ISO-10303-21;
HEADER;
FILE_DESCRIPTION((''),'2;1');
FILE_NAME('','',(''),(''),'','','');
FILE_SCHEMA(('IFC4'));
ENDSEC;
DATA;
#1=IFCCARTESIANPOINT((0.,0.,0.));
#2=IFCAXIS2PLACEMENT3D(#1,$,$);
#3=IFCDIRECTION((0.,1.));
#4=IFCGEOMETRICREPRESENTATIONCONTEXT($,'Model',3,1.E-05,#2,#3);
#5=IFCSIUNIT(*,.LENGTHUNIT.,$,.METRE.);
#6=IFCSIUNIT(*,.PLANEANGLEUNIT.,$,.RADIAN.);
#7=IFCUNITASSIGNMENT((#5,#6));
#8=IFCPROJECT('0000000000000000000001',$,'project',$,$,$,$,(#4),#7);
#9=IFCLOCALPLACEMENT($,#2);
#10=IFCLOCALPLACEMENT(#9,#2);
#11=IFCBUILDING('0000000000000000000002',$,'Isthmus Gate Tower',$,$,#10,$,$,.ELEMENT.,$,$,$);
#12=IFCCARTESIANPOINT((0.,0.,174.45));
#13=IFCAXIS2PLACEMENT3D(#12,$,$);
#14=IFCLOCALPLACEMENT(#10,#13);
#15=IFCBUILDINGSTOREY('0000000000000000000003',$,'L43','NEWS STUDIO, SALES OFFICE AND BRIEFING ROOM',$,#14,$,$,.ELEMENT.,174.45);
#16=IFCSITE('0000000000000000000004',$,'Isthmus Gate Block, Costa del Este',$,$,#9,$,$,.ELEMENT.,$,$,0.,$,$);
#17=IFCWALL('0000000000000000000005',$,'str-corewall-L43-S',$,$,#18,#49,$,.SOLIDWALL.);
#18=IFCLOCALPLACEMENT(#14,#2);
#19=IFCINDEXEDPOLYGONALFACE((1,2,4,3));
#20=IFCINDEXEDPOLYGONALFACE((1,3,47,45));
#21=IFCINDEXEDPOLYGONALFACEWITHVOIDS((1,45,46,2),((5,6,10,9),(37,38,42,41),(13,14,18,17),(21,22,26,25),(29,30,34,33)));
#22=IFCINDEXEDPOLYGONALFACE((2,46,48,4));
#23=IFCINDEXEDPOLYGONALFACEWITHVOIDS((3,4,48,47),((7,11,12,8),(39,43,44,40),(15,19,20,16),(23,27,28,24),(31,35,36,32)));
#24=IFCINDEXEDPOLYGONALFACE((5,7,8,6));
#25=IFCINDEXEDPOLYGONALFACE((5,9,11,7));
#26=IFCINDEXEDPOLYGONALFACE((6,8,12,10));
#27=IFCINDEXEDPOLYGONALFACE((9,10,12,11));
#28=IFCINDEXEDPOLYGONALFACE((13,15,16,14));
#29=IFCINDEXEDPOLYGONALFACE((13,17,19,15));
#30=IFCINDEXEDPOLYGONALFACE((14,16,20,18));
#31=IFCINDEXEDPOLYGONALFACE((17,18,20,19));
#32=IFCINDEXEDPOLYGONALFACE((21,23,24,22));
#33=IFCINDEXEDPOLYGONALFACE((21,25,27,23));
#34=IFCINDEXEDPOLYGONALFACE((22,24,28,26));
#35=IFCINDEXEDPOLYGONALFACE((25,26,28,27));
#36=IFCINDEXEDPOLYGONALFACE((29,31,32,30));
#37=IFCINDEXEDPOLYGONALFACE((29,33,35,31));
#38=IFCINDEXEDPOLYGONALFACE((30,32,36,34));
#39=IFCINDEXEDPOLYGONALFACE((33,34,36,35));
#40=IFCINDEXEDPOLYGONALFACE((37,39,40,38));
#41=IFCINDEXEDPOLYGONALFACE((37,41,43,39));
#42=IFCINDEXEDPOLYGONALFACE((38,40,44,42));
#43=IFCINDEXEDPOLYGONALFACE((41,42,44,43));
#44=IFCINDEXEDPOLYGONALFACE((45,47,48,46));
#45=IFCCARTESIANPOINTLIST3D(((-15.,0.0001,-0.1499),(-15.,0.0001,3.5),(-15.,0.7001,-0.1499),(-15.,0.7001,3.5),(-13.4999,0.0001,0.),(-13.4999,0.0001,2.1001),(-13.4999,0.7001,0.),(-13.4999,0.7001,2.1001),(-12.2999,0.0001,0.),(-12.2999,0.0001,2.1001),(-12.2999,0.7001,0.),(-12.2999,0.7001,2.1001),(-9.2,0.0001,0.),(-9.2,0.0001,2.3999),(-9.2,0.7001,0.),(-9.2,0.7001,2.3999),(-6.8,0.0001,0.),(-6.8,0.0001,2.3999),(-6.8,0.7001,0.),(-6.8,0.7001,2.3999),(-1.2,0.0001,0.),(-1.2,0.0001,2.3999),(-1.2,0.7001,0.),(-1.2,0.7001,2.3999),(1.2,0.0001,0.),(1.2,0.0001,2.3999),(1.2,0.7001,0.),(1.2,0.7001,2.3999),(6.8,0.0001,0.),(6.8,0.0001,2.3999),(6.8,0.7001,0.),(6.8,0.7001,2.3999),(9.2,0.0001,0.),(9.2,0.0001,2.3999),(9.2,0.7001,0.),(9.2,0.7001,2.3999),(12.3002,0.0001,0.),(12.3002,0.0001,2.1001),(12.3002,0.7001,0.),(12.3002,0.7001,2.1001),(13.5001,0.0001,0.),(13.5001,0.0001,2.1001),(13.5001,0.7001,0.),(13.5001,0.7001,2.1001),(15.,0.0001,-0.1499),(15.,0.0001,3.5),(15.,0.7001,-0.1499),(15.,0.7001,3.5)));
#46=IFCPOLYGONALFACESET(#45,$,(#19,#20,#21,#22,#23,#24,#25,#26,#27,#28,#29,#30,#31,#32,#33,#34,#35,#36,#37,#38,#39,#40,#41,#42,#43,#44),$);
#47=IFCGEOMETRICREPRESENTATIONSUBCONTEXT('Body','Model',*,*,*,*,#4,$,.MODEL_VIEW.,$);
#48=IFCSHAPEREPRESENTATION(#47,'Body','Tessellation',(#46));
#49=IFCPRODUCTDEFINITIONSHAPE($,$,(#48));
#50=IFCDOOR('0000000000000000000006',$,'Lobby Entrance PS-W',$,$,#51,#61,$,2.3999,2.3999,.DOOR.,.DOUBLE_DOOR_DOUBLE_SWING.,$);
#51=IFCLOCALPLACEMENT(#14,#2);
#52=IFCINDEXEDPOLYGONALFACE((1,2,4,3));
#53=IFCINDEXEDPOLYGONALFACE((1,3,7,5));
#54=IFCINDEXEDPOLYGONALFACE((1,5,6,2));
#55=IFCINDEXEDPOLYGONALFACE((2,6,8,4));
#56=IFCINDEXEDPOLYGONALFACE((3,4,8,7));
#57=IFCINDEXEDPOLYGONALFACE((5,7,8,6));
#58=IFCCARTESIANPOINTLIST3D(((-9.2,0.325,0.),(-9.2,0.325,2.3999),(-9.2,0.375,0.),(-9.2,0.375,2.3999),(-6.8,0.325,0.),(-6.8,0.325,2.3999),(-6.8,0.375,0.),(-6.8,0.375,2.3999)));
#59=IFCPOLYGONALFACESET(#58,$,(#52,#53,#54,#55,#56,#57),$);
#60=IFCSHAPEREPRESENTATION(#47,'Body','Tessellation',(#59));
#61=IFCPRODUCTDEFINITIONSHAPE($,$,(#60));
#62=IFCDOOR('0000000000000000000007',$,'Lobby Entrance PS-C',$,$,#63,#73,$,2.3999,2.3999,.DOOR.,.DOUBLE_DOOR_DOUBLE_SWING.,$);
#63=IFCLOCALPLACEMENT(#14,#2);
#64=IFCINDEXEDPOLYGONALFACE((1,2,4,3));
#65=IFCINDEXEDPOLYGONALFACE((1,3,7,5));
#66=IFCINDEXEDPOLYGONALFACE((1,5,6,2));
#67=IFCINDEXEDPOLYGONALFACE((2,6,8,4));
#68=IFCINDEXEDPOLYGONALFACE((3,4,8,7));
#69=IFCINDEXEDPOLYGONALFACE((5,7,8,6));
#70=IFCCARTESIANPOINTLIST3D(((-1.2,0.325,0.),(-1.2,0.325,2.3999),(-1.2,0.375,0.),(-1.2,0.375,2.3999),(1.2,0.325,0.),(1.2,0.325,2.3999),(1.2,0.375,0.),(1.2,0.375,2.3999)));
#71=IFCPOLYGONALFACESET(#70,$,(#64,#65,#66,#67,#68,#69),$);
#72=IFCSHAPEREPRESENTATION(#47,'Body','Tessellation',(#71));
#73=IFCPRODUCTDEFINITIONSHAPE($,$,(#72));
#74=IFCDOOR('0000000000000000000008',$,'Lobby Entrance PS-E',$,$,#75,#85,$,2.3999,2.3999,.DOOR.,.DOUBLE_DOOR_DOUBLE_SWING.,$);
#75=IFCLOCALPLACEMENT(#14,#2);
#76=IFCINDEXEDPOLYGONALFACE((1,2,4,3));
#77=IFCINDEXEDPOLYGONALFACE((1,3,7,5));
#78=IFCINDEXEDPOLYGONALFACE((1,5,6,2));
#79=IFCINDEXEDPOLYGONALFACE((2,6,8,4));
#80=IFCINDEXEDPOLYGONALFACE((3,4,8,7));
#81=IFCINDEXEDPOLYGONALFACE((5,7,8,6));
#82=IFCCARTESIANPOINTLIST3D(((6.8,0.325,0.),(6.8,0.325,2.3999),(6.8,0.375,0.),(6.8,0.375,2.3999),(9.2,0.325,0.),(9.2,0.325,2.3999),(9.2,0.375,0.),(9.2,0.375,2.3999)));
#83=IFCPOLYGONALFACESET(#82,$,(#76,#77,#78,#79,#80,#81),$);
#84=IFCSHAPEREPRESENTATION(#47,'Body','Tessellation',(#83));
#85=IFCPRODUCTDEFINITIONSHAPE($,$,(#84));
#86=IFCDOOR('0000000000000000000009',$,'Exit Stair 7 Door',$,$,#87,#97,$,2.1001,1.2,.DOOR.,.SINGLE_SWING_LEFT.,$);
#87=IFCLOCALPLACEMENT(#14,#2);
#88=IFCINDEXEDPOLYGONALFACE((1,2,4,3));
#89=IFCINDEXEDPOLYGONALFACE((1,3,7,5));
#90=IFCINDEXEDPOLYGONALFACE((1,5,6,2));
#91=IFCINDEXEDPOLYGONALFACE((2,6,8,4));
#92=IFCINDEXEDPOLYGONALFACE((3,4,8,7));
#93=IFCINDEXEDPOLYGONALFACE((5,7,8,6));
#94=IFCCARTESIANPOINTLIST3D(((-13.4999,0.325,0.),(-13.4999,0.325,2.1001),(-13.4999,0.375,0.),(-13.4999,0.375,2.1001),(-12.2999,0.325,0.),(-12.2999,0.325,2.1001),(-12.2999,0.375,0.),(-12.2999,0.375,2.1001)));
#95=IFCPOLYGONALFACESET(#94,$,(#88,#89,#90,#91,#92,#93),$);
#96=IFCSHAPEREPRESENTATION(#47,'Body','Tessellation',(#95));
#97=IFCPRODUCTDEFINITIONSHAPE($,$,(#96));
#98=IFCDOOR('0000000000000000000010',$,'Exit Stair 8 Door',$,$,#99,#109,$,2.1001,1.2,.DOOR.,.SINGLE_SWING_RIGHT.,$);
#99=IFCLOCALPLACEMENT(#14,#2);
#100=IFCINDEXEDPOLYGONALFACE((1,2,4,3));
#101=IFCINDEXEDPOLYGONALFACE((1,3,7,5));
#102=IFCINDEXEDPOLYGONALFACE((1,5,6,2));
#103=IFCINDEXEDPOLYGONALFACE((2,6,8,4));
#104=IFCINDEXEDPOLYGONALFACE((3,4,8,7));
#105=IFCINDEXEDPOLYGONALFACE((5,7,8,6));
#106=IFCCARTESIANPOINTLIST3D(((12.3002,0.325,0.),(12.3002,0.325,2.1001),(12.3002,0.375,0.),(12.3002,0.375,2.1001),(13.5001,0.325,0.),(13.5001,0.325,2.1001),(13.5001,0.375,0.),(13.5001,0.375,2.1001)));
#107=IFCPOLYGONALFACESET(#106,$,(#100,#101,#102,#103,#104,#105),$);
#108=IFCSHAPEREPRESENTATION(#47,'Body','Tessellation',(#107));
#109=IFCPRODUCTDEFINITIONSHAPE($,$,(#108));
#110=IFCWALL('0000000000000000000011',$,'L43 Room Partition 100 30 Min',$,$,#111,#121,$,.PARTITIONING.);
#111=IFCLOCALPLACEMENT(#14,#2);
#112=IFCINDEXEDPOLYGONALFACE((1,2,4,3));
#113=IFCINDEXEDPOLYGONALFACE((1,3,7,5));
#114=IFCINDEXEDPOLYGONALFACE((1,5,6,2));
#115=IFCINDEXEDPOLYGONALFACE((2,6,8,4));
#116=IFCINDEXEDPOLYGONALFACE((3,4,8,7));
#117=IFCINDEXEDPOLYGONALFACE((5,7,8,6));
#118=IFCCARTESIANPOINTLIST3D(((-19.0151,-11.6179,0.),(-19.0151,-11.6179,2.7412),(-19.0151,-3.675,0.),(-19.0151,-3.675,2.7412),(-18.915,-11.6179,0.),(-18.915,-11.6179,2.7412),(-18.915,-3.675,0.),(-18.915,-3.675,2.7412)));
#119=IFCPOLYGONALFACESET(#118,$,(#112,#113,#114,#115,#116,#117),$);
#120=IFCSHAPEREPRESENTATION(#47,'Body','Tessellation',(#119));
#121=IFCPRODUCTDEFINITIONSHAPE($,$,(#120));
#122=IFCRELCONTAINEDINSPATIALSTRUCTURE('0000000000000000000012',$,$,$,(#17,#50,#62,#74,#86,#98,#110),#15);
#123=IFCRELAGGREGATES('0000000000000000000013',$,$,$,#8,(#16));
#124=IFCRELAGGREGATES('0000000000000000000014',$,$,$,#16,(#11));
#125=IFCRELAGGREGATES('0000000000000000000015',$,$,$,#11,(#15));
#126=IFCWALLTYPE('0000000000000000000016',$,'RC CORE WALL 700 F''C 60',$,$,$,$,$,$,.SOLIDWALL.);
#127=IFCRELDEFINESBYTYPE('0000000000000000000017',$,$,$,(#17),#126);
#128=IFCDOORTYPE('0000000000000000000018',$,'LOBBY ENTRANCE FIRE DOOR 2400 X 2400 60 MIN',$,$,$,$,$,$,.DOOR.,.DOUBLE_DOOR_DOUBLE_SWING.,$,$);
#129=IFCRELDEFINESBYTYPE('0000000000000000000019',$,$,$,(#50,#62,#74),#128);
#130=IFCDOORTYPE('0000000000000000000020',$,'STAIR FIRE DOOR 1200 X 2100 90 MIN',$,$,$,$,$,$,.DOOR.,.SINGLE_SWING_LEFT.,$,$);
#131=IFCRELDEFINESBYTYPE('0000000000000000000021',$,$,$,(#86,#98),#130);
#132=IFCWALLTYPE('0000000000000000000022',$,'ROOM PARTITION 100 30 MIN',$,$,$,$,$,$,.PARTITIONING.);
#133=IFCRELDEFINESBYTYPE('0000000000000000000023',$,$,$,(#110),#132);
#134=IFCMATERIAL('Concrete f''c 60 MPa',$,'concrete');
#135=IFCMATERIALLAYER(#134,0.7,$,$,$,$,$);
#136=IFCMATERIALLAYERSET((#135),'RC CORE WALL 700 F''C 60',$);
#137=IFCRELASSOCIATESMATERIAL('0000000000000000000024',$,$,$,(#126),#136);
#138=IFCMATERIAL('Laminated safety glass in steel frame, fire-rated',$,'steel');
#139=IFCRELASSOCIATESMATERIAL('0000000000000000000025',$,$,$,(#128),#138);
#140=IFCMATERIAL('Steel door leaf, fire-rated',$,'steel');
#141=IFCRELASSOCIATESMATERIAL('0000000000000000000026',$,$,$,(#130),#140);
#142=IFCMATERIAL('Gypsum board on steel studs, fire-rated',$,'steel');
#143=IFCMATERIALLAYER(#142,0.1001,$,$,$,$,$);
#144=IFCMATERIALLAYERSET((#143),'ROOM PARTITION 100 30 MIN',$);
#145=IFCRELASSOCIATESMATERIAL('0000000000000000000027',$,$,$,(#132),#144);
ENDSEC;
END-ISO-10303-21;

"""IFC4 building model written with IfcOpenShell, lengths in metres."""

from ifc_helpers import new_model, si_unit, direction, frame, frame_2d, origin, place, context, subcontext, project, spatial, rectangle, extrude, material, layer, layer_set, type_object, element, fill, save


model = new_model("IFC4")

# Units and contexts
model_context = context("Model", 3, precision=1e-05, world=origin(), true_north=direction((0.0, 1.0)))
body_context = subcontext(model_context, "Body", "Model", "MODEL_VIEW")
ifc_project = project(units=[si_unit("LENGTHUNIT", "METRE"), si_unit("PLANEANGLEUNIT", "RADIAN")], contexts=[model_context])

# Site, building, storey
site_placement = place(None, origin())
site = spatial("IfcSite", under=ifc_project, at=site_placement, Name="Isthmus Gate Block, Costa del Este", CompositionType="ELEMENT", RefElevation=0.0)
building_placement = place(site_placement, origin())
building = spatial("IfcBuilding", under=site, at=building_placement, Name="Isthmus Gate Tower", CompositionType="ELEMENT")
storey_placement = place(building_placement, frame((0.0, 0.0, 174.45)))
storey = spatial("IfcBuildingStorey", under=building, at=storey_placement, Name="L43", Description="NEWS STUDIO, SALES OFFICE AND BRIEFING ROOM", CompositionType="ELEMENT", Elevation=174.45)

# Wall, openings, doors
ifc_material_1 = material(Name="Concrete f'c 60 MPa", Category="concrete")
ifc_layer_1 = layer(ifc_material_1, 0.7)
ifc_layer_set_1 = layer_set([ifc_layer_1], Name="RC CORE WALL 700 F'C 60")
wall_type_1 = type_object("IfcWallType", Name="RC CORE WALL 700 F'C 60", PredefinedType="SOLIDWALL", material=ifc_layer_set_1)
wall_1_placement = place(storey_placement, frame((-15.0, 0.3501, -0.1499), z_axis=(0.0, 0.0, 1.0), x_axis=(1.0, 0.0, 0.0)))
wall_1 = element("IfcWall", 1, at=wall_1_placement, inside=storey, type_object=wall_type_1, Name="str-corewall-L43-S", PredefinedType="SOLIDWALL", context=body_context, shape_type="SweptSolid", body=[
    extrude(rectangle(XDim=30.0, YDim=0.7, at=frame_2d((15.0, 0.0))), origin(), (0.0, 0.0, 1.0), 3.6499),
])
opening_1_placement = place(wall_1_placement, frame((5.8, 0.0, 0.1499)))
opening_1 = element("IfcOpeningElement", 2, at=opening_1_placement, cuts=wall_1, PredefinedType="OPENING", context=body_context, shape_type="SweptSolid", body=[
    extrude(rectangle(XDim=2.3999, YDim=2.3999, at=frame_2d((1.2, 1.2))), frame((0.0, 0.3599, 0.0), z_axis=(0.0, -1.0, 0.0), x_axis=(1.0, 0.0, 0.0)), (0.0, 0.0, 1.0), 0.72),
])
opening_2_placement = place(wall_1_placement, frame((13.8, 0.0, 0.1499)))
opening_2 = element("IfcOpeningElement", 3, at=opening_2_placement, cuts=wall_1, PredefinedType="OPENING", context=body_context, shape_type="SweptSolid", body=[
    extrude(rectangle(XDim=2.3999, YDim=2.3999, at=frame_2d((1.2, 1.2))), frame((0.0, 0.3599, 0.0), z_axis=(0.0, -1.0, 0.0), x_axis=(1.0, 0.0, 0.0)), (0.0, 0.0, 1.0), 0.72),
])
opening_3_placement = place(wall_1_placement, frame((21.8, 0.0, 0.1499)))
opening_3 = element("IfcOpeningElement", 4, at=opening_3_placement, cuts=wall_1, PredefinedType="OPENING", context=body_context, shape_type="SweptSolid", body=[
    extrude(rectangle(XDim=2.3999, YDim=2.3999, at=frame_2d((1.2, 1.2))), frame((0.0, 0.3599, 0.0), z_axis=(0.0, -1.0, 0.0), x_axis=(1.0, 0.0, 0.0)), (0.0, 0.0, 1.0), 0.72),
])
opening_4_placement = place(wall_1_placement, frame((1.5, 0.0, 0.1499)))
opening_4 = element("IfcOpeningElement", 5, at=opening_4_placement, cuts=wall_1, PredefinedType="OPENING", context=body_context, shape_type="SweptSolid", body=[
    extrude(rectangle(XDim=1.2, YDim=2.1001, at=frame_2d((0.6001, 1.05))), frame((0.0, 0.3599, 0.0), z_axis=(0.0, -1.0, 0.0), x_axis=(1.0, 0.0, 0.0)), (0.0, 0.0, 1.0), 0.72),
])
opening_5_placement = place(wall_1_placement, frame((27.3, 0.0, 0.1499)))
opening_5 = element("IfcOpeningElement", 6, at=opening_5_placement, cuts=wall_1, PredefinedType="OPENING", context=body_context, shape_type="SweptSolid", body=[
    extrude(rectangle(XDim=1.2, YDim=2.1001, at=frame_2d((0.6001, 1.05))), frame((0.0, 0.3599, 0.0), z_axis=(0.0, -1.0, 0.0), x_axis=(1.0, 0.0, 0.0)), (0.0, 0.0, 1.0), 0.72),
])
ifc_material_2 = material(Name="Laminated safety glass in steel frame, fire-rated", Category="steel")
door_type_1 = type_object("IfcDoorType", Name="LOBBY ENTRANCE FIRE DOOR 2400 X 2400 60 MIN", OperationType="DOUBLE_DOOR_DOUBLE_SWING", PredefinedType="DOOR", material=ifc_material_2)
door_1_placement = place(opening_1_placement, origin())
door_1 = element("IfcDoor", 7, at=door_1_placement, inside=storey, type_object=door_type_1, Name="Lobby Entrance PS-W", OperationType="DOUBLE_DOOR_DOUBLE_SWING", OverallHeight=2.3999, OverallWidth=2.3999, PredefinedType="DOOR", context=body_context, shape_type="SweptSolid", body=[
    extrude(rectangle(XDim=2.3999, YDim=2.3999, at=frame_2d((1.2, 1.2))), frame((0.0, 0.0249, 0.0), z_axis=(0.0, -1.0, 0.0), x_axis=(1.0, 0.0, 0.0)), (0.0, 0.0, 1.0), 0.05),
])
fill(opening_1, door_1)
door_2_placement = place(opening_2_placement, origin())
door_2 = element("IfcDoor", 8, at=door_2_placement, inside=storey, type_object=door_type_1, Name="Lobby Entrance PS-C", OperationType="DOUBLE_DOOR_DOUBLE_SWING", OverallHeight=2.3999, OverallWidth=2.3999, PredefinedType="DOOR", context=body_context, shape_type="SweptSolid", body=[
    extrude(rectangle(XDim=2.3999, YDim=2.3999, at=frame_2d((1.2, 1.2))), frame((0.0, 0.0249, 0.0), z_axis=(0.0, -1.0, 0.0), x_axis=(1.0, 0.0, 0.0)), (0.0, 0.0, 1.0), 0.05),
])
fill(opening_2, door_2)
door_3_placement = place(opening_3_placement, origin())
door_3 = element("IfcDoor", 9, at=door_3_placement, inside=storey, type_object=door_type_1, Name="Lobby Entrance PS-E", OperationType="DOUBLE_DOOR_DOUBLE_SWING", OverallHeight=2.3999, OverallWidth=2.3999, PredefinedType="DOOR", context=body_context, shape_type="SweptSolid", body=[
    extrude(rectangle(XDim=2.3999, YDim=2.3999, at=frame_2d((1.2, 1.2))), frame((0.0, 0.0249, 0.0), z_axis=(0.0, -1.0, 0.0), x_axis=(1.0, 0.0, 0.0)), (0.0, 0.0, 1.0), 0.05),
])
fill(opening_3, door_3)
ifc_material_3 = material(Name="Steel door leaf, fire-rated", Category="steel")
door_type_2 = type_object("IfcDoorType", Name="STAIR FIRE DOOR 1200 X 2100 90 MIN", OperationType="SINGLE_SWING_LEFT", PredefinedType="DOOR", material=ifc_material_3)
door_4_placement = place(opening_4_placement, origin())
door_4 = element("IfcDoor", 10, at=door_4_placement, inside=storey, type_object=door_type_2, Name="Exit Stair 7 Door", OperationType="SINGLE_SWING_LEFT", OverallHeight=2.1001, OverallWidth=1.2, PredefinedType="DOOR", context=body_context, shape_type="SweptSolid", body=[
    extrude(rectangle(XDim=1.2, YDim=2.1001, at=frame_2d((0.6001, 1.05))), frame((0.0, 0.0249, 0.0), z_axis=(0.0, -1.0, 0.0), x_axis=(1.0, 0.0, 0.0)), (0.0, 0.0, 1.0), 0.05),
])
fill(opening_4, door_4)
door_5_placement = place(opening_5_placement, origin())
door_5 = element("IfcDoor", 11, at=door_5_placement, inside=storey, type_object=door_type_2, Name="Exit Stair 8 Door", OperationType="SINGLE_SWING_RIGHT", OverallHeight=2.1001, OverallWidth=1.2, PredefinedType="DOOR", context=body_context, shape_type="SweptSolid", body=[
    extrude(rectangle(XDim=1.2, YDim=2.1001, at=frame_2d((0.6001, 1.05))), frame((0.0, 0.0249, 0.0), z_axis=(0.0, -1.0, 0.0), x_axis=(1.0, 0.0, 0.0)), (0.0, 0.0, 1.0), 0.05),
])
fill(opening_5, door_5)

# Wall
ifc_material_4 = material(Name="Gypsum board on steel studs, fire-rated", Category="steel")
ifc_layer_2 = layer(ifc_material_4, 0.1001)
ifc_layer_set_2 = layer_set([ifc_layer_2], Name="ROOM PARTITION 100 30 MIN")
wall_type_2 = type_object("IfcWallType", Name="ROOM PARTITION 100 30 MIN", PredefinedType="PARTITIONING", material=ifc_layer_set_2)
wall_2_placement = place(storey_placement, frame((-18.9651, -11.6179, 0.0), z_axis=(0.0, 0.0, 1.0), x_axis=(0.0, 1.0, 0.0)))
element("IfcWall", 12, at=wall_2_placement, inside=storey, type_object=wall_type_2, Name="L43 Room Partition 100 30 Min", PredefinedType="PARTITIONING", context=body_context, shape_type="SweptSolid", body=[
    extrude(rectangle(XDim=7.9429, YDim=0.1001, at=frame_2d((3.9714, 0.0))), origin(), (0.0, 0.0, 1.0), 2.7412),
])

save(model, "model.ifc")
